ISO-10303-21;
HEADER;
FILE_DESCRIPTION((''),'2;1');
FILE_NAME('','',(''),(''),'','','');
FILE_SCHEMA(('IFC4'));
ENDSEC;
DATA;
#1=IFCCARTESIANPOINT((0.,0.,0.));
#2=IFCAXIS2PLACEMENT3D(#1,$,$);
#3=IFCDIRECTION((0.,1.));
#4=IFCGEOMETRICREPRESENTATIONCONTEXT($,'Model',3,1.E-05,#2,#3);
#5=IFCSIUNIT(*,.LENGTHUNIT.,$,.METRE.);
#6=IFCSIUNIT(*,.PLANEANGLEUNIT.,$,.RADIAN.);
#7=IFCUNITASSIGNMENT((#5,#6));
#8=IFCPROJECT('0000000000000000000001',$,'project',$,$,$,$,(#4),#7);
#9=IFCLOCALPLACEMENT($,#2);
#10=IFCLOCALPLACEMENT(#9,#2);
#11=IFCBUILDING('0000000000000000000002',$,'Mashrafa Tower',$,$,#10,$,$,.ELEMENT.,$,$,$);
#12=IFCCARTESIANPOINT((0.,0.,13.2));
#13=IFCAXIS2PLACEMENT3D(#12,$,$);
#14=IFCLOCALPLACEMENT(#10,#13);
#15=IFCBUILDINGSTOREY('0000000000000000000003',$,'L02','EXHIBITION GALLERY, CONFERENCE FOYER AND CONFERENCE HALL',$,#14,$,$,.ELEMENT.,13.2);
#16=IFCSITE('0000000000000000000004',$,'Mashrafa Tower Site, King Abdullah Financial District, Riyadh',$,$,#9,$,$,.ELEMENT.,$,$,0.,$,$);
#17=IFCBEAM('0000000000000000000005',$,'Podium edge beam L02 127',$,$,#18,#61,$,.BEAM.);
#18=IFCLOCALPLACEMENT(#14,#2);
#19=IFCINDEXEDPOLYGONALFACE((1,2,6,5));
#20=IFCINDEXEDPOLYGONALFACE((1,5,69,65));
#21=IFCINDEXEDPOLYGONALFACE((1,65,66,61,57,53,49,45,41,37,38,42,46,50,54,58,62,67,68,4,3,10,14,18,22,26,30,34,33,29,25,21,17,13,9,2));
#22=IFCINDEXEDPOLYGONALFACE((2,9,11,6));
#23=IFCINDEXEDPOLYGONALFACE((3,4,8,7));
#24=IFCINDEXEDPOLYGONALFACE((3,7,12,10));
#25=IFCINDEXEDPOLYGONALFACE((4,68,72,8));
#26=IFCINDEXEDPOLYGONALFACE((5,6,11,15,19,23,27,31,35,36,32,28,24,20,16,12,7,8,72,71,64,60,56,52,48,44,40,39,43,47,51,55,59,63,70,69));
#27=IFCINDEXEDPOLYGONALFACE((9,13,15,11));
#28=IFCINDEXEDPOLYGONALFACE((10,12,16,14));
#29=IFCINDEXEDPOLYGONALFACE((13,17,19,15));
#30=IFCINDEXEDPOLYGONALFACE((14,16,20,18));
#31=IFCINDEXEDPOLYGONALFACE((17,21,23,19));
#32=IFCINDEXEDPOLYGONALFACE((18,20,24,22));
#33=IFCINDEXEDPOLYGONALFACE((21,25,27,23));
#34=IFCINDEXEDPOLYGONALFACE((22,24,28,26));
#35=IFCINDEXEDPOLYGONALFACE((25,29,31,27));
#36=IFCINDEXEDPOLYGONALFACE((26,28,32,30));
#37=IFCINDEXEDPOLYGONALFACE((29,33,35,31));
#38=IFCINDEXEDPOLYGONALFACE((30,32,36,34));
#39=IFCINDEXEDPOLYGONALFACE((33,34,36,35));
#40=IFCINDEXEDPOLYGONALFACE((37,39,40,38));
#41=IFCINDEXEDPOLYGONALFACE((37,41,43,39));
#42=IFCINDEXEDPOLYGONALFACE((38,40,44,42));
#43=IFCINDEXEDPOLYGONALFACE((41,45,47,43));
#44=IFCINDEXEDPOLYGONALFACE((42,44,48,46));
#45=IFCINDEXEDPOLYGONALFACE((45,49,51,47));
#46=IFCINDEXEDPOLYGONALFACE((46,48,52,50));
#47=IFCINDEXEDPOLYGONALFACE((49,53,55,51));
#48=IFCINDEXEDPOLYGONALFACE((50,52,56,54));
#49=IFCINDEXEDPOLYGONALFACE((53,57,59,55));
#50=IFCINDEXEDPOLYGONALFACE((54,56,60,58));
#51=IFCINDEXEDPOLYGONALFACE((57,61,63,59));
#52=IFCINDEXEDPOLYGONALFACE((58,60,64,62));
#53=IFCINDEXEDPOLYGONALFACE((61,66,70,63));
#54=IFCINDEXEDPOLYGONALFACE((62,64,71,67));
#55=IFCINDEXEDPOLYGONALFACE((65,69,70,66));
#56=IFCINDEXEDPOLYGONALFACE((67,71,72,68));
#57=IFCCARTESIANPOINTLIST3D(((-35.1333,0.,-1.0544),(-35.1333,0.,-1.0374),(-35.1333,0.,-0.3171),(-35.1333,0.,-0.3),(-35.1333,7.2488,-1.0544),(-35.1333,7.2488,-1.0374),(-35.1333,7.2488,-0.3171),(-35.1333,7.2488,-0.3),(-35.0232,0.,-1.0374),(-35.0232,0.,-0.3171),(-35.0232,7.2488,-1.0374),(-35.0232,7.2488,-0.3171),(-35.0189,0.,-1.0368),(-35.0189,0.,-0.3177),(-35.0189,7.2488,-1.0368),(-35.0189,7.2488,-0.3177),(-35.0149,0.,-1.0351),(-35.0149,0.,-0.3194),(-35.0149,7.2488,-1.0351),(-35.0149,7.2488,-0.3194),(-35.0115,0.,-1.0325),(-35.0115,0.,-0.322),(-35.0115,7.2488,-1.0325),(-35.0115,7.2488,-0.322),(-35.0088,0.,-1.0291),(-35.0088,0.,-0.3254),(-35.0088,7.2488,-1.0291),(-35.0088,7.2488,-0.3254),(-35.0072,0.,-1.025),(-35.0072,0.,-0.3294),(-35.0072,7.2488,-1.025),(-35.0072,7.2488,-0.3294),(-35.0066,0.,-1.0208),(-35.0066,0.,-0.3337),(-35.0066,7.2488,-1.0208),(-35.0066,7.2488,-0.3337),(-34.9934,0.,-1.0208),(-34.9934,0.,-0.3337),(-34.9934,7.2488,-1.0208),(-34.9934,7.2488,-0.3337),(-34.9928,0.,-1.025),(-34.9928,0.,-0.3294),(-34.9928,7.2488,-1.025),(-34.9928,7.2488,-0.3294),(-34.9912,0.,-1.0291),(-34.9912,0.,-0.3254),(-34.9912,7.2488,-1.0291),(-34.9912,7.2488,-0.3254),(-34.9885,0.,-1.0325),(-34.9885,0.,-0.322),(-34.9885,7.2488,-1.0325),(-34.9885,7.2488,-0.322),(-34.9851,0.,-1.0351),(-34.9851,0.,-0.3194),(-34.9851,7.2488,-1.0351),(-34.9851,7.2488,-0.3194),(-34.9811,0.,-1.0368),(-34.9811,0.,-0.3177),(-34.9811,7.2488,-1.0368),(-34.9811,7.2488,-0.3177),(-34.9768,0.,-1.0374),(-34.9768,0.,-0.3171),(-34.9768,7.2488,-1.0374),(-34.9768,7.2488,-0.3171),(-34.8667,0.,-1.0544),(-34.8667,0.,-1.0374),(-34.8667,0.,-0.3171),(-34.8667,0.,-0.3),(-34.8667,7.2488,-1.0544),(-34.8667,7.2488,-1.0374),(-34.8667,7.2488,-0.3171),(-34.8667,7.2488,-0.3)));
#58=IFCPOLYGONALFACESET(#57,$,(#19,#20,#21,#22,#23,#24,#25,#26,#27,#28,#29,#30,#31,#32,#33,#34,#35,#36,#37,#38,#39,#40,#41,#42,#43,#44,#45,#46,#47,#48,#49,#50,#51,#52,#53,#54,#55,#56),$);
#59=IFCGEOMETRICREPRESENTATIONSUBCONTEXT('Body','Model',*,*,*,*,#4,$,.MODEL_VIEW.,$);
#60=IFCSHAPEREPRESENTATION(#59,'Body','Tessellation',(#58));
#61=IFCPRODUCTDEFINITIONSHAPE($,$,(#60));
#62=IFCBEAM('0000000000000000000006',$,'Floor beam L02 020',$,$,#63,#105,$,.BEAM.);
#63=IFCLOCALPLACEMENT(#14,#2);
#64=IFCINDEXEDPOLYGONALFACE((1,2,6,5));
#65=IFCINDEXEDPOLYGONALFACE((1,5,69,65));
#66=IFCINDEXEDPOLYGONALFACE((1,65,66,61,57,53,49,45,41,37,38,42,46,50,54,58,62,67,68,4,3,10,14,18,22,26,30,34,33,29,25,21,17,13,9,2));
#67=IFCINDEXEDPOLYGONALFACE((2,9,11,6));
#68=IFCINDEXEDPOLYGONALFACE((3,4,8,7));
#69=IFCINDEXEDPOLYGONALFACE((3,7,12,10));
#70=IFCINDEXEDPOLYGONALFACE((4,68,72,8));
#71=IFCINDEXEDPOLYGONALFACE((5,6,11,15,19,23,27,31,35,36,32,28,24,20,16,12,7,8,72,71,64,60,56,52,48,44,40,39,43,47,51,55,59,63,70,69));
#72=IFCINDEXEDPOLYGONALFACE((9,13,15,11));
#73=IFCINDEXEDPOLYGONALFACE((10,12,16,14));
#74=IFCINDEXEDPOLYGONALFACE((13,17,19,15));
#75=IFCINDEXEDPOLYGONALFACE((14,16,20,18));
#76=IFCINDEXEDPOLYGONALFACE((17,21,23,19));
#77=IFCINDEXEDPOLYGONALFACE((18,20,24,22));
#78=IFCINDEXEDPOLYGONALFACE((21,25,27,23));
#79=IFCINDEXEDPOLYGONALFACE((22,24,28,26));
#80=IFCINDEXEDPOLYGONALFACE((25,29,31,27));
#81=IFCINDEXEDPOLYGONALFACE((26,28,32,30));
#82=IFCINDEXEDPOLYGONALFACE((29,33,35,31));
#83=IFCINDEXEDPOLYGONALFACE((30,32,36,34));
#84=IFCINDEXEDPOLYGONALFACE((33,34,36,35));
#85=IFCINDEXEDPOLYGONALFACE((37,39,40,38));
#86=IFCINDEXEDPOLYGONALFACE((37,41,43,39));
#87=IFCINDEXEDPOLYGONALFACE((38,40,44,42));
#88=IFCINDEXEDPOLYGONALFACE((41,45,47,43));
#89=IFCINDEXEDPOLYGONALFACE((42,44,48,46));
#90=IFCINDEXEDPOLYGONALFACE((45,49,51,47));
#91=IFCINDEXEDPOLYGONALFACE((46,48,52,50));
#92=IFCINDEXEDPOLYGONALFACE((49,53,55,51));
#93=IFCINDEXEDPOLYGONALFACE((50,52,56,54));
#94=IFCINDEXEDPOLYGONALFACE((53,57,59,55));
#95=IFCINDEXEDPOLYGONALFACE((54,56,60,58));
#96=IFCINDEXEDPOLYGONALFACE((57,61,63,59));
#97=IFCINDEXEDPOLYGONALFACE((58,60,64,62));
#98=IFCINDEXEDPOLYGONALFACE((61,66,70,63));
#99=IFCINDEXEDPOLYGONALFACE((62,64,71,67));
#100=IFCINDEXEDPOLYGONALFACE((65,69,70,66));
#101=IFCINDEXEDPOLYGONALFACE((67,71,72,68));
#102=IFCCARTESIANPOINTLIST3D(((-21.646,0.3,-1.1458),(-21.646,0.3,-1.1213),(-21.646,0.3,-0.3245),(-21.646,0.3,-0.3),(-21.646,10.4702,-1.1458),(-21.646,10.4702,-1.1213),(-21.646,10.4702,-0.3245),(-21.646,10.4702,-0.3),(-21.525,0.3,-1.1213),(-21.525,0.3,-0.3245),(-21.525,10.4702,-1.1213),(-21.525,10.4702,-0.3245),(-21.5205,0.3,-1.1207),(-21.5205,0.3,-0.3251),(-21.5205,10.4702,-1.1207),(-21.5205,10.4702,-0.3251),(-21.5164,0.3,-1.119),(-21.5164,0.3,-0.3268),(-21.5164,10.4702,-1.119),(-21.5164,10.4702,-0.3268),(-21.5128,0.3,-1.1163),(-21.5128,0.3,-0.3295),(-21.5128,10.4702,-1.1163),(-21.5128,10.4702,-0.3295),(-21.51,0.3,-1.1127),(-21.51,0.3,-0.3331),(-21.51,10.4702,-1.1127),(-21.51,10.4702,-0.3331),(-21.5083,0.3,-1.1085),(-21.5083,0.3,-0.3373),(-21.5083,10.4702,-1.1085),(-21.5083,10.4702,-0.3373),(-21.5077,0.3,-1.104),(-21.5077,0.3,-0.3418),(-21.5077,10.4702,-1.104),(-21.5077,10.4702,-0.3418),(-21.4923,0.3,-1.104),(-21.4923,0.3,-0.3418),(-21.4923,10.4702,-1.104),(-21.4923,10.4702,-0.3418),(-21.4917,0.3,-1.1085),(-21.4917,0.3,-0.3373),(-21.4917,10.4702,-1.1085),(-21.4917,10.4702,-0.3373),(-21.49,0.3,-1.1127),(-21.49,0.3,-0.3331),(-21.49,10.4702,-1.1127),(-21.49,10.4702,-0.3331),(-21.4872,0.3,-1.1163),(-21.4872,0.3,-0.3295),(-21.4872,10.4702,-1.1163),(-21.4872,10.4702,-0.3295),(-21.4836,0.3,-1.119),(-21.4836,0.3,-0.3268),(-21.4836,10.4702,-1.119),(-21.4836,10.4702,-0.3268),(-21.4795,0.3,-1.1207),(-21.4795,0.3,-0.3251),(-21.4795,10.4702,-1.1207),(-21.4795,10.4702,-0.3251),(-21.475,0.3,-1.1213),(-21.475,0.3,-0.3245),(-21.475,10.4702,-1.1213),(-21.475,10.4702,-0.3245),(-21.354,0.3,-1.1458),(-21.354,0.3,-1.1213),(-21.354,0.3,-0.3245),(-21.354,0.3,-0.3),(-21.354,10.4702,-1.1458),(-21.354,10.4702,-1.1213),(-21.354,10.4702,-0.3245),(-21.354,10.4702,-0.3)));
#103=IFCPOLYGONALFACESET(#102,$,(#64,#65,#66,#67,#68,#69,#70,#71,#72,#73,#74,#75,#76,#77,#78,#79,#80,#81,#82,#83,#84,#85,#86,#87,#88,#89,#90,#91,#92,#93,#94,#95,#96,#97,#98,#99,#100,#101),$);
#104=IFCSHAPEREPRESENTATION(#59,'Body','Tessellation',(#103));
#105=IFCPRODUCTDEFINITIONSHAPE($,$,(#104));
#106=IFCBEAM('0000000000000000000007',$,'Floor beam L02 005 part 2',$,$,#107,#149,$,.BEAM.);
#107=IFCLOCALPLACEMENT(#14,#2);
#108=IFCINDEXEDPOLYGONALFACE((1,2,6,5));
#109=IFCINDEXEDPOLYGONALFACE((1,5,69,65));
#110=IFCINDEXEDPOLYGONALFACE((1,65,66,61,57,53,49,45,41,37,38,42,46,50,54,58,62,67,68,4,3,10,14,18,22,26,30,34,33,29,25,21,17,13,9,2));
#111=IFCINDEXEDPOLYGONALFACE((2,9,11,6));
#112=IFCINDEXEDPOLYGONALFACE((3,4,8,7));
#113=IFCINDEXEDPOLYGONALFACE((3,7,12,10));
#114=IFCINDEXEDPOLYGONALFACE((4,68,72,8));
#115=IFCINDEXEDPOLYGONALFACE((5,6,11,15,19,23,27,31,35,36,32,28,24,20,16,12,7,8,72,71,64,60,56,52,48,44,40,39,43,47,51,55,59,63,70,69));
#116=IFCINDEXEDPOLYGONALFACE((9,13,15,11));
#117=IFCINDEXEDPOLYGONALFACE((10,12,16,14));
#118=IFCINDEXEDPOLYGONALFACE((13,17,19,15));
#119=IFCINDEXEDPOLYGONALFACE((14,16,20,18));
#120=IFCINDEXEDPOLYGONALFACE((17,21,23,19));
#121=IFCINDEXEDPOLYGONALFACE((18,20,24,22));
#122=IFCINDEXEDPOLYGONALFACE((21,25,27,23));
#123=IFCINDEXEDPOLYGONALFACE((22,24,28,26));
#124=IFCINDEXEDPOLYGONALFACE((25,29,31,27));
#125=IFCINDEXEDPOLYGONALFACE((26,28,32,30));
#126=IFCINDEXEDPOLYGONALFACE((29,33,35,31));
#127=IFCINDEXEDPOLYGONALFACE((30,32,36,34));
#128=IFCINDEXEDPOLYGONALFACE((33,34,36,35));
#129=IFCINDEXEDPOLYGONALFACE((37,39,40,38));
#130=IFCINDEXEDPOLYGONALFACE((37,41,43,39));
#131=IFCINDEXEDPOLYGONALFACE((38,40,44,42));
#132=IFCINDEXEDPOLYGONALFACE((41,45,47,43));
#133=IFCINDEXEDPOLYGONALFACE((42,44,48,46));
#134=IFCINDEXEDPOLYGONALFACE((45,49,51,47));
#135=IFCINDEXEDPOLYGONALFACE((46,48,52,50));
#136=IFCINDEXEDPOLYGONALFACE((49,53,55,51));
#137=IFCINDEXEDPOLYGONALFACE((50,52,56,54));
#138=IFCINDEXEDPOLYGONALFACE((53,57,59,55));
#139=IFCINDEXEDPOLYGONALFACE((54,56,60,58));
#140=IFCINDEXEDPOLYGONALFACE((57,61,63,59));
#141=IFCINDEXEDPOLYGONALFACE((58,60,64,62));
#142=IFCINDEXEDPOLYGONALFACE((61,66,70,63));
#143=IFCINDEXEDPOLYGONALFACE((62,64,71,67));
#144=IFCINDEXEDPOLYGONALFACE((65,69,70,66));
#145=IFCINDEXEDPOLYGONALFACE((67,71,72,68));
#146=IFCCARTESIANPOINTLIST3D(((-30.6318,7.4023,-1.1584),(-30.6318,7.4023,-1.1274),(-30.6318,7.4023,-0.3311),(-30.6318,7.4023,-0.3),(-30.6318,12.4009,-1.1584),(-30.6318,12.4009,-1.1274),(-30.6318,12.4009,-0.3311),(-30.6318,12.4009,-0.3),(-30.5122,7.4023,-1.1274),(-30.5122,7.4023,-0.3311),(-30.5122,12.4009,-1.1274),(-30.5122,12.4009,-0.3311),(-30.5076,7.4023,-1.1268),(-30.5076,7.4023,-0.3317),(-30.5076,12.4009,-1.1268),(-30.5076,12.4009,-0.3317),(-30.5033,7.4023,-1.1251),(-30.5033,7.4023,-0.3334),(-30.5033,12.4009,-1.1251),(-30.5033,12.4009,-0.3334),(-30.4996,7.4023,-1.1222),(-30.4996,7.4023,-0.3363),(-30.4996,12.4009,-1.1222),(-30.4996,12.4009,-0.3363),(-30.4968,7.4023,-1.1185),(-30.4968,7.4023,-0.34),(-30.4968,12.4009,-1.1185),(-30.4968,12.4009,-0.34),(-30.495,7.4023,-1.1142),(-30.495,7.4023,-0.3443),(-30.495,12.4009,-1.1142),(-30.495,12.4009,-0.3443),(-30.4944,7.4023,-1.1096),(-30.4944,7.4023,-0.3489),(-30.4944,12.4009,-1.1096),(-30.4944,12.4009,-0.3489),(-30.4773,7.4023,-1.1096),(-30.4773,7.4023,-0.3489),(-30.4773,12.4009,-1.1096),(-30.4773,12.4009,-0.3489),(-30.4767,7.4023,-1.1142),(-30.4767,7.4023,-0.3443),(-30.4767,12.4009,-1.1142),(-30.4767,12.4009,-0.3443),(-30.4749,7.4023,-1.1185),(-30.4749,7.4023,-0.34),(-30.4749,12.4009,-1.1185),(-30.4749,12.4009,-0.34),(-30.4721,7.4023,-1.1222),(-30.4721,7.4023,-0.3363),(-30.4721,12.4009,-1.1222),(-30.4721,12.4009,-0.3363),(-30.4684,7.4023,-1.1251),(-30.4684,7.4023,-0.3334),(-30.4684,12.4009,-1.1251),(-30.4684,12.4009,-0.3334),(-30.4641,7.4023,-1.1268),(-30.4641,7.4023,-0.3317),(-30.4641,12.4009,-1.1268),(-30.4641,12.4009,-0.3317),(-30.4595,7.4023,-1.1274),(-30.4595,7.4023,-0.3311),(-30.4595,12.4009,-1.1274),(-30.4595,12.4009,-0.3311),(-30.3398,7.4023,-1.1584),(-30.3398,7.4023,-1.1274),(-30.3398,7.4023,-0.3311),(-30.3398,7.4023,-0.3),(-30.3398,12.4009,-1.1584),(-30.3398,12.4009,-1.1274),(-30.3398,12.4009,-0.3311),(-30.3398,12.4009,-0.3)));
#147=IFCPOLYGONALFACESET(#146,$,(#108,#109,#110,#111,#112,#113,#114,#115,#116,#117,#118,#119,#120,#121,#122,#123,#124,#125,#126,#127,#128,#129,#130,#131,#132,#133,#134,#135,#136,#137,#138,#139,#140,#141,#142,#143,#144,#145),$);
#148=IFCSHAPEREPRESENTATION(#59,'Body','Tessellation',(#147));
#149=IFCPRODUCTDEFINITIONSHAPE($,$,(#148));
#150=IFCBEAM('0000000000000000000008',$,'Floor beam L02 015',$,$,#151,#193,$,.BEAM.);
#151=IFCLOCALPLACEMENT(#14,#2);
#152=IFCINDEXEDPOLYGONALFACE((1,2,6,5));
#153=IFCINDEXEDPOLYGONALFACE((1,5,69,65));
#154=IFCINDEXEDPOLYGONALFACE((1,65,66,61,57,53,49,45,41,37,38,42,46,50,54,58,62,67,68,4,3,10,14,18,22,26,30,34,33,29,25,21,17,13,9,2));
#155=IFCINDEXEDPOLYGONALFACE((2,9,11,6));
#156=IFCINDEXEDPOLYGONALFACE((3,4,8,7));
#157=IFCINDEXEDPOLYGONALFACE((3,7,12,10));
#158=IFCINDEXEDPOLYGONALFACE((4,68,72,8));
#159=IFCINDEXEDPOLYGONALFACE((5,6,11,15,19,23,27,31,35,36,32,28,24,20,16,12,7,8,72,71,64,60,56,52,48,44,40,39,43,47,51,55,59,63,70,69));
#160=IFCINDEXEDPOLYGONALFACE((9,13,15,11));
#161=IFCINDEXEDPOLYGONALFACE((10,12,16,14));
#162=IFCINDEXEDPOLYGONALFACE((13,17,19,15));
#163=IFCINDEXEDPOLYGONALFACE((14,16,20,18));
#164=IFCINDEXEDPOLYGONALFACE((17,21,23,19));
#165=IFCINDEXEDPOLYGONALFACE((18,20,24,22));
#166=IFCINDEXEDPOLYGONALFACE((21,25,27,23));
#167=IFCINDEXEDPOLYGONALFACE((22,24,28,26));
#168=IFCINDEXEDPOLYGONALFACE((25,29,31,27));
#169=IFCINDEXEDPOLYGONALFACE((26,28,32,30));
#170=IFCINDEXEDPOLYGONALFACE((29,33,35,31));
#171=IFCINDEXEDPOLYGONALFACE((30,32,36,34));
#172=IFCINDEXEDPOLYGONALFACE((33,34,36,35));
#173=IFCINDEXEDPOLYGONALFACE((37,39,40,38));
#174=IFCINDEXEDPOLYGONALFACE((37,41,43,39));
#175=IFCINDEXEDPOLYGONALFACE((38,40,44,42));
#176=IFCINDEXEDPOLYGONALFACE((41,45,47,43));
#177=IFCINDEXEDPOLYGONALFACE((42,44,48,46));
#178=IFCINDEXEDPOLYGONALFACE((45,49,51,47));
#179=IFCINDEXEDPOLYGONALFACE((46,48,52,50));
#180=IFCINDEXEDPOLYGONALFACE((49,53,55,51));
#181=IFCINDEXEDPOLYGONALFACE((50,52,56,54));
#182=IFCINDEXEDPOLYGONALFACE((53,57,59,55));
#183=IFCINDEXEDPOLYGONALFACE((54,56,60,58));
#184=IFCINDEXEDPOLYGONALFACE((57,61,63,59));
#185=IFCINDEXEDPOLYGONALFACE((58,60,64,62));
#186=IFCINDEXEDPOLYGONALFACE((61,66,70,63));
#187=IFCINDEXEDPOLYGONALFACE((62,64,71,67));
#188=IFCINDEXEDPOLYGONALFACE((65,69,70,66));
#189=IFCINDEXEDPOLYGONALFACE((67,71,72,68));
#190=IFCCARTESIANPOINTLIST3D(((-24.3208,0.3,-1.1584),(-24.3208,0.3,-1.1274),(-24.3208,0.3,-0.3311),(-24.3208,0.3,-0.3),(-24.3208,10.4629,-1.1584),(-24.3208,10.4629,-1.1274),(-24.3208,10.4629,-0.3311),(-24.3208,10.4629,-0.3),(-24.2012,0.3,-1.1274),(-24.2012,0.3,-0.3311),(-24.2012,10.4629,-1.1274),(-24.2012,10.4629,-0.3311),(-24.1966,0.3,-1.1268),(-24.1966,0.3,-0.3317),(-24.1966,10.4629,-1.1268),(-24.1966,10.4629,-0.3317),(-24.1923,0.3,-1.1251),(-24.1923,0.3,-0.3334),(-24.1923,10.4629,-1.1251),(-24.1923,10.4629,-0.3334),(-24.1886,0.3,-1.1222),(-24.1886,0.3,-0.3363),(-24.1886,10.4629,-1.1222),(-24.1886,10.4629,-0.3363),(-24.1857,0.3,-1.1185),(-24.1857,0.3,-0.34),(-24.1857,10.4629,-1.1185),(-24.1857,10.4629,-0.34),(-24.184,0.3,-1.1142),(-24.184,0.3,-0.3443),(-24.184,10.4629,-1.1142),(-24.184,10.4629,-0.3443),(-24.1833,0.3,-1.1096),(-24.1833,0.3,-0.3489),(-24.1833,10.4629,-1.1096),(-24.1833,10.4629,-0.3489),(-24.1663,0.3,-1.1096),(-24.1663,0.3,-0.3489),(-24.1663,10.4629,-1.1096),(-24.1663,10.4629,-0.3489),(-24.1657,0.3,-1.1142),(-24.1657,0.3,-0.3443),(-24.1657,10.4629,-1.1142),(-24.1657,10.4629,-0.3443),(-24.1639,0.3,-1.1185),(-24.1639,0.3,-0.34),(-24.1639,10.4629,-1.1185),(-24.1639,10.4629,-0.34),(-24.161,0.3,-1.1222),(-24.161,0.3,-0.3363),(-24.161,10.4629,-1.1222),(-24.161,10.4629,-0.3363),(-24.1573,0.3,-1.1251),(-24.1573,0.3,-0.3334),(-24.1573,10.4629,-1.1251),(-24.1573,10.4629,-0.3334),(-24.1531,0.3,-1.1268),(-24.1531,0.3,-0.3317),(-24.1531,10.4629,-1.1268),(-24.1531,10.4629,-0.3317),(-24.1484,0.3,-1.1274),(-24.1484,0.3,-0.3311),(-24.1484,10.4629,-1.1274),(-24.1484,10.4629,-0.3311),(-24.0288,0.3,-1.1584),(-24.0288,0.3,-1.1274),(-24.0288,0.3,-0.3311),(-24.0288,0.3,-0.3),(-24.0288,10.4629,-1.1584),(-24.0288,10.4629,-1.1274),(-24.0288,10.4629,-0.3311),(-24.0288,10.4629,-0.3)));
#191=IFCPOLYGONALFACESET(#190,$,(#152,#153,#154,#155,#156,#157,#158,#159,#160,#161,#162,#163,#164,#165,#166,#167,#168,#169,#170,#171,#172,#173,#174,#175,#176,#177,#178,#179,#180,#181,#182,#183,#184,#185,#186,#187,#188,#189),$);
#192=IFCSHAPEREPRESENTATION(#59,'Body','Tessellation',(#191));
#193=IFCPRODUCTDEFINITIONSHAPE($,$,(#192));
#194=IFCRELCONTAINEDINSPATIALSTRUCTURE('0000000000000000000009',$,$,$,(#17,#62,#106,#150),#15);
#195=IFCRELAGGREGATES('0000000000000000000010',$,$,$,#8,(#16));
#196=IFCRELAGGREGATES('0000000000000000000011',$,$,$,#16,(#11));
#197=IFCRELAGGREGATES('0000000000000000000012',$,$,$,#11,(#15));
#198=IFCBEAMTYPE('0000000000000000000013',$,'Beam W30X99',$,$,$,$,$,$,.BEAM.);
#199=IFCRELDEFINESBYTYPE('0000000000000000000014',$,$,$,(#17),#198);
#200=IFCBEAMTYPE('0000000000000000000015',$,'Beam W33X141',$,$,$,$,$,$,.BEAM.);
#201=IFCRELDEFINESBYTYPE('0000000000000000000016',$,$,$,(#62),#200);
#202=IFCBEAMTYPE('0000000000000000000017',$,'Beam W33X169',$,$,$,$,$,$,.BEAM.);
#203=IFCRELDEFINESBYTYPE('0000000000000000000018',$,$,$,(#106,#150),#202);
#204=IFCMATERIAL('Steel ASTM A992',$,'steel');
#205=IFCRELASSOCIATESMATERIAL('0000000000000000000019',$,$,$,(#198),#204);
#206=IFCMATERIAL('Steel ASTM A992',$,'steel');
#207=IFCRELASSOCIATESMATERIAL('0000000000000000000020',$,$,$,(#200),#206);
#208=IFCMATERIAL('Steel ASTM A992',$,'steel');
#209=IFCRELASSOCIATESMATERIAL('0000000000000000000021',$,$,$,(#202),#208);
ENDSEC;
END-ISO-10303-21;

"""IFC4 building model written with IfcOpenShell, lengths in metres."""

from ifc_helpers import new_model, si_unit, direction, frame, origin, origin_2d, place, context, subcontext, project, spatial, i_section, extrude, material, material_profile, profile_set, type_object, element, save


model = new_model("IFC4")

# Units and contexts
model_context = context("Model", 3, precision=1e-05, world=origin(), true_north=direction((0.0, 1.0)))
body_context = subcontext(model_context, "Body", "Model", "MODEL_VIEW")
ifc_project = project(units=[si_unit("LENGTHUNIT", "METRE"), si_unit("PLANEANGLEUNIT", "RADIAN")], contexts=[model_context])

# Site, building, storey
site_placement = place(None, origin())
site = spatial("IfcSite", under=ifc_project, at=site_placement, Name="Mashrafa Tower Site, King Abdullah Financial District, Riyadh", CompositionType="ELEMENT", RefElevation=0.0)
building_placement = place(site_placement, origin())
building = spatial("IfcBuilding", under=site, at=building_placement, Name="Mashrafa Tower", CompositionType="ELEMENT")
storey_placement = place(building_placement, frame((0.0, 0.0, 13.2)))
storey = spatial("IfcBuildingStorey", under=building, at=storey_placement, Name="L02", Description="EXHIBITION GALLERY, CONFERENCE FOYER AND CONFERENCE HALL", CompositionType="ELEMENT", Elevation=13.2)

# Beams
ifc_material_1 = material(Name="Steel ASTM A992", Category="steel")
ifc_material_profile_1 = material_profile(ifc_material_1, i_section(OverallWidth=0.2666, OverallDepth=0.7544, WebThickness=0.0132, FlangeThickness=0.0171, FilletRadius=0.0166, at=origin_2d()), Name="W30X99")
ifc_profile_set_1 = profile_set([ifc_material_profile_1], Name="Steel ASTM A992")
beam_type_1 = type_object("IfcBeamType", Name="Beam W30X99", PredefinedType="BEAM", material=ifc_profile_set_1)
beam_1_placement = place(storey_placement, frame((-35.0, 7.2488, -0.6772), z_axis=(0.0, -1.0, 0.0), x_axis=(1.0, 0.0, 0.0)))
element("IfcBeam", 1, at=beam_1_placement, inside=storey, type_object=beam_type_1, Name="Podium edge beam L02 127", PredefinedType="BEAM", context=body_context, shape_type="SweptSolid", body=[
    extrude(i_section(OverallWidth=0.2666, OverallDepth=0.7544, WebThickness=0.0132, FlangeThickness=0.0171, FilletRadius=0.0166, at=origin_2d()), origin(), (0.0, 0.0, 1.0), 7.2488),
])
ifc_material_2 = material(Name="Steel ASTM A992", Category="steel")
ifc_material_profile_2 = material_profile(ifc_material_2, i_section(OverallWidth=0.292, OverallDepth=0.8457, WebThickness=0.0154, FlangeThickness=0.0244, FilletRadius=0.0173, at=origin_2d()), Name="W33X141")
ifc_profile_set_2 = profile_set([ifc_material_profile_2], Name="Steel ASTM A992")
beam_type_2 = type_object("IfcBeamType", Name="Beam W33X141", PredefinedType="BEAM", material=ifc_profile_set_2)
beam_2_placement = place(storey_placement, frame((-21.5, 0.3, -0.7229), z_axis=(0.0, 1.0, 0.0), x_axis=(-1.0, 0.0, 0.0)))
element("IfcBeam", 2, at=beam_2_placement, inside=storey, type_object=beam_type_2, Name="Floor beam L02 020", PredefinedType="BEAM", context=body_context, shape_type="SweptSolid", body=[
    extrude(i_section(OverallWidth=0.292, OverallDepth=0.8457, WebThickness=0.0154, FlangeThickness=0.0244, FilletRadius=0.0173, at=origin_2d()), origin(), (0.0, 0.0, 1.0), 10.1702),
])
ifc_material_3 = material(Name="Steel ASTM A992", Category="steel")
ifc_material_profile_3 = material_profile(ifc_material_3, i_section(OverallWidth=0.292, OverallDepth=0.8584, WebThickness=0.0171, FlangeThickness=0.031, FilletRadius=0.0178, at=origin_2d()), Name="W33X169")
ifc_profile_set_3 = profile_set([ifc_material_profile_3], Name="Steel ASTM A992")
beam_type_3 = type_object("IfcBeamType", Name="Beam W33X169", PredefinedType="BEAM", material=ifc_profile_set_3)
beam_3_placement = place(storey_placement, frame((-30.4858, 7.4023, -0.7292), z_axis=(0.0, 1.0, 0.0), x_axis=(-1.0, 0.0, 0.0)))
element("IfcBeam", 3, at=beam_3_placement, inside=storey, type_object=beam_type_3, Name="Floor beam L02 005 part 2", PredefinedType="BEAM", context=body_context, shape_type="SweptSolid", body=[
    extrude(i_section(OverallWidth=0.292, OverallDepth=0.8584, WebThickness=0.0171, FlangeThickness=0.031, FilletRadius=0.0178, at=origin_2d()), origin(), (0.0, 0.0, 1.0), 4.9985),
])
beam_4_placement = place(storey_placement, frame((-24.1748, 0.3, -0.7292), z_axis=(0.0, 1.0, 0.0), x_axis=(-1.0, 0.0, 0.0)))
element("IfcBeam", 4, at=beam_4_placement, inside=storey, type_object=beam_type_3, Name="Floor beam L02 015", PredefinedType="BEAM", context=body_context, shape_type="SweptSolid", body=[
    extrude(i_section(OverallWidth=0.292, OverallDepth=0.8584, WebThickness=0.0171, FlangeThickness=0.031, FilletRadius=0.0178, at=origin_2d()), origin(), (0.0, 0.0, 1.0), 10.1628),
])

save(model, "model.ifc")
